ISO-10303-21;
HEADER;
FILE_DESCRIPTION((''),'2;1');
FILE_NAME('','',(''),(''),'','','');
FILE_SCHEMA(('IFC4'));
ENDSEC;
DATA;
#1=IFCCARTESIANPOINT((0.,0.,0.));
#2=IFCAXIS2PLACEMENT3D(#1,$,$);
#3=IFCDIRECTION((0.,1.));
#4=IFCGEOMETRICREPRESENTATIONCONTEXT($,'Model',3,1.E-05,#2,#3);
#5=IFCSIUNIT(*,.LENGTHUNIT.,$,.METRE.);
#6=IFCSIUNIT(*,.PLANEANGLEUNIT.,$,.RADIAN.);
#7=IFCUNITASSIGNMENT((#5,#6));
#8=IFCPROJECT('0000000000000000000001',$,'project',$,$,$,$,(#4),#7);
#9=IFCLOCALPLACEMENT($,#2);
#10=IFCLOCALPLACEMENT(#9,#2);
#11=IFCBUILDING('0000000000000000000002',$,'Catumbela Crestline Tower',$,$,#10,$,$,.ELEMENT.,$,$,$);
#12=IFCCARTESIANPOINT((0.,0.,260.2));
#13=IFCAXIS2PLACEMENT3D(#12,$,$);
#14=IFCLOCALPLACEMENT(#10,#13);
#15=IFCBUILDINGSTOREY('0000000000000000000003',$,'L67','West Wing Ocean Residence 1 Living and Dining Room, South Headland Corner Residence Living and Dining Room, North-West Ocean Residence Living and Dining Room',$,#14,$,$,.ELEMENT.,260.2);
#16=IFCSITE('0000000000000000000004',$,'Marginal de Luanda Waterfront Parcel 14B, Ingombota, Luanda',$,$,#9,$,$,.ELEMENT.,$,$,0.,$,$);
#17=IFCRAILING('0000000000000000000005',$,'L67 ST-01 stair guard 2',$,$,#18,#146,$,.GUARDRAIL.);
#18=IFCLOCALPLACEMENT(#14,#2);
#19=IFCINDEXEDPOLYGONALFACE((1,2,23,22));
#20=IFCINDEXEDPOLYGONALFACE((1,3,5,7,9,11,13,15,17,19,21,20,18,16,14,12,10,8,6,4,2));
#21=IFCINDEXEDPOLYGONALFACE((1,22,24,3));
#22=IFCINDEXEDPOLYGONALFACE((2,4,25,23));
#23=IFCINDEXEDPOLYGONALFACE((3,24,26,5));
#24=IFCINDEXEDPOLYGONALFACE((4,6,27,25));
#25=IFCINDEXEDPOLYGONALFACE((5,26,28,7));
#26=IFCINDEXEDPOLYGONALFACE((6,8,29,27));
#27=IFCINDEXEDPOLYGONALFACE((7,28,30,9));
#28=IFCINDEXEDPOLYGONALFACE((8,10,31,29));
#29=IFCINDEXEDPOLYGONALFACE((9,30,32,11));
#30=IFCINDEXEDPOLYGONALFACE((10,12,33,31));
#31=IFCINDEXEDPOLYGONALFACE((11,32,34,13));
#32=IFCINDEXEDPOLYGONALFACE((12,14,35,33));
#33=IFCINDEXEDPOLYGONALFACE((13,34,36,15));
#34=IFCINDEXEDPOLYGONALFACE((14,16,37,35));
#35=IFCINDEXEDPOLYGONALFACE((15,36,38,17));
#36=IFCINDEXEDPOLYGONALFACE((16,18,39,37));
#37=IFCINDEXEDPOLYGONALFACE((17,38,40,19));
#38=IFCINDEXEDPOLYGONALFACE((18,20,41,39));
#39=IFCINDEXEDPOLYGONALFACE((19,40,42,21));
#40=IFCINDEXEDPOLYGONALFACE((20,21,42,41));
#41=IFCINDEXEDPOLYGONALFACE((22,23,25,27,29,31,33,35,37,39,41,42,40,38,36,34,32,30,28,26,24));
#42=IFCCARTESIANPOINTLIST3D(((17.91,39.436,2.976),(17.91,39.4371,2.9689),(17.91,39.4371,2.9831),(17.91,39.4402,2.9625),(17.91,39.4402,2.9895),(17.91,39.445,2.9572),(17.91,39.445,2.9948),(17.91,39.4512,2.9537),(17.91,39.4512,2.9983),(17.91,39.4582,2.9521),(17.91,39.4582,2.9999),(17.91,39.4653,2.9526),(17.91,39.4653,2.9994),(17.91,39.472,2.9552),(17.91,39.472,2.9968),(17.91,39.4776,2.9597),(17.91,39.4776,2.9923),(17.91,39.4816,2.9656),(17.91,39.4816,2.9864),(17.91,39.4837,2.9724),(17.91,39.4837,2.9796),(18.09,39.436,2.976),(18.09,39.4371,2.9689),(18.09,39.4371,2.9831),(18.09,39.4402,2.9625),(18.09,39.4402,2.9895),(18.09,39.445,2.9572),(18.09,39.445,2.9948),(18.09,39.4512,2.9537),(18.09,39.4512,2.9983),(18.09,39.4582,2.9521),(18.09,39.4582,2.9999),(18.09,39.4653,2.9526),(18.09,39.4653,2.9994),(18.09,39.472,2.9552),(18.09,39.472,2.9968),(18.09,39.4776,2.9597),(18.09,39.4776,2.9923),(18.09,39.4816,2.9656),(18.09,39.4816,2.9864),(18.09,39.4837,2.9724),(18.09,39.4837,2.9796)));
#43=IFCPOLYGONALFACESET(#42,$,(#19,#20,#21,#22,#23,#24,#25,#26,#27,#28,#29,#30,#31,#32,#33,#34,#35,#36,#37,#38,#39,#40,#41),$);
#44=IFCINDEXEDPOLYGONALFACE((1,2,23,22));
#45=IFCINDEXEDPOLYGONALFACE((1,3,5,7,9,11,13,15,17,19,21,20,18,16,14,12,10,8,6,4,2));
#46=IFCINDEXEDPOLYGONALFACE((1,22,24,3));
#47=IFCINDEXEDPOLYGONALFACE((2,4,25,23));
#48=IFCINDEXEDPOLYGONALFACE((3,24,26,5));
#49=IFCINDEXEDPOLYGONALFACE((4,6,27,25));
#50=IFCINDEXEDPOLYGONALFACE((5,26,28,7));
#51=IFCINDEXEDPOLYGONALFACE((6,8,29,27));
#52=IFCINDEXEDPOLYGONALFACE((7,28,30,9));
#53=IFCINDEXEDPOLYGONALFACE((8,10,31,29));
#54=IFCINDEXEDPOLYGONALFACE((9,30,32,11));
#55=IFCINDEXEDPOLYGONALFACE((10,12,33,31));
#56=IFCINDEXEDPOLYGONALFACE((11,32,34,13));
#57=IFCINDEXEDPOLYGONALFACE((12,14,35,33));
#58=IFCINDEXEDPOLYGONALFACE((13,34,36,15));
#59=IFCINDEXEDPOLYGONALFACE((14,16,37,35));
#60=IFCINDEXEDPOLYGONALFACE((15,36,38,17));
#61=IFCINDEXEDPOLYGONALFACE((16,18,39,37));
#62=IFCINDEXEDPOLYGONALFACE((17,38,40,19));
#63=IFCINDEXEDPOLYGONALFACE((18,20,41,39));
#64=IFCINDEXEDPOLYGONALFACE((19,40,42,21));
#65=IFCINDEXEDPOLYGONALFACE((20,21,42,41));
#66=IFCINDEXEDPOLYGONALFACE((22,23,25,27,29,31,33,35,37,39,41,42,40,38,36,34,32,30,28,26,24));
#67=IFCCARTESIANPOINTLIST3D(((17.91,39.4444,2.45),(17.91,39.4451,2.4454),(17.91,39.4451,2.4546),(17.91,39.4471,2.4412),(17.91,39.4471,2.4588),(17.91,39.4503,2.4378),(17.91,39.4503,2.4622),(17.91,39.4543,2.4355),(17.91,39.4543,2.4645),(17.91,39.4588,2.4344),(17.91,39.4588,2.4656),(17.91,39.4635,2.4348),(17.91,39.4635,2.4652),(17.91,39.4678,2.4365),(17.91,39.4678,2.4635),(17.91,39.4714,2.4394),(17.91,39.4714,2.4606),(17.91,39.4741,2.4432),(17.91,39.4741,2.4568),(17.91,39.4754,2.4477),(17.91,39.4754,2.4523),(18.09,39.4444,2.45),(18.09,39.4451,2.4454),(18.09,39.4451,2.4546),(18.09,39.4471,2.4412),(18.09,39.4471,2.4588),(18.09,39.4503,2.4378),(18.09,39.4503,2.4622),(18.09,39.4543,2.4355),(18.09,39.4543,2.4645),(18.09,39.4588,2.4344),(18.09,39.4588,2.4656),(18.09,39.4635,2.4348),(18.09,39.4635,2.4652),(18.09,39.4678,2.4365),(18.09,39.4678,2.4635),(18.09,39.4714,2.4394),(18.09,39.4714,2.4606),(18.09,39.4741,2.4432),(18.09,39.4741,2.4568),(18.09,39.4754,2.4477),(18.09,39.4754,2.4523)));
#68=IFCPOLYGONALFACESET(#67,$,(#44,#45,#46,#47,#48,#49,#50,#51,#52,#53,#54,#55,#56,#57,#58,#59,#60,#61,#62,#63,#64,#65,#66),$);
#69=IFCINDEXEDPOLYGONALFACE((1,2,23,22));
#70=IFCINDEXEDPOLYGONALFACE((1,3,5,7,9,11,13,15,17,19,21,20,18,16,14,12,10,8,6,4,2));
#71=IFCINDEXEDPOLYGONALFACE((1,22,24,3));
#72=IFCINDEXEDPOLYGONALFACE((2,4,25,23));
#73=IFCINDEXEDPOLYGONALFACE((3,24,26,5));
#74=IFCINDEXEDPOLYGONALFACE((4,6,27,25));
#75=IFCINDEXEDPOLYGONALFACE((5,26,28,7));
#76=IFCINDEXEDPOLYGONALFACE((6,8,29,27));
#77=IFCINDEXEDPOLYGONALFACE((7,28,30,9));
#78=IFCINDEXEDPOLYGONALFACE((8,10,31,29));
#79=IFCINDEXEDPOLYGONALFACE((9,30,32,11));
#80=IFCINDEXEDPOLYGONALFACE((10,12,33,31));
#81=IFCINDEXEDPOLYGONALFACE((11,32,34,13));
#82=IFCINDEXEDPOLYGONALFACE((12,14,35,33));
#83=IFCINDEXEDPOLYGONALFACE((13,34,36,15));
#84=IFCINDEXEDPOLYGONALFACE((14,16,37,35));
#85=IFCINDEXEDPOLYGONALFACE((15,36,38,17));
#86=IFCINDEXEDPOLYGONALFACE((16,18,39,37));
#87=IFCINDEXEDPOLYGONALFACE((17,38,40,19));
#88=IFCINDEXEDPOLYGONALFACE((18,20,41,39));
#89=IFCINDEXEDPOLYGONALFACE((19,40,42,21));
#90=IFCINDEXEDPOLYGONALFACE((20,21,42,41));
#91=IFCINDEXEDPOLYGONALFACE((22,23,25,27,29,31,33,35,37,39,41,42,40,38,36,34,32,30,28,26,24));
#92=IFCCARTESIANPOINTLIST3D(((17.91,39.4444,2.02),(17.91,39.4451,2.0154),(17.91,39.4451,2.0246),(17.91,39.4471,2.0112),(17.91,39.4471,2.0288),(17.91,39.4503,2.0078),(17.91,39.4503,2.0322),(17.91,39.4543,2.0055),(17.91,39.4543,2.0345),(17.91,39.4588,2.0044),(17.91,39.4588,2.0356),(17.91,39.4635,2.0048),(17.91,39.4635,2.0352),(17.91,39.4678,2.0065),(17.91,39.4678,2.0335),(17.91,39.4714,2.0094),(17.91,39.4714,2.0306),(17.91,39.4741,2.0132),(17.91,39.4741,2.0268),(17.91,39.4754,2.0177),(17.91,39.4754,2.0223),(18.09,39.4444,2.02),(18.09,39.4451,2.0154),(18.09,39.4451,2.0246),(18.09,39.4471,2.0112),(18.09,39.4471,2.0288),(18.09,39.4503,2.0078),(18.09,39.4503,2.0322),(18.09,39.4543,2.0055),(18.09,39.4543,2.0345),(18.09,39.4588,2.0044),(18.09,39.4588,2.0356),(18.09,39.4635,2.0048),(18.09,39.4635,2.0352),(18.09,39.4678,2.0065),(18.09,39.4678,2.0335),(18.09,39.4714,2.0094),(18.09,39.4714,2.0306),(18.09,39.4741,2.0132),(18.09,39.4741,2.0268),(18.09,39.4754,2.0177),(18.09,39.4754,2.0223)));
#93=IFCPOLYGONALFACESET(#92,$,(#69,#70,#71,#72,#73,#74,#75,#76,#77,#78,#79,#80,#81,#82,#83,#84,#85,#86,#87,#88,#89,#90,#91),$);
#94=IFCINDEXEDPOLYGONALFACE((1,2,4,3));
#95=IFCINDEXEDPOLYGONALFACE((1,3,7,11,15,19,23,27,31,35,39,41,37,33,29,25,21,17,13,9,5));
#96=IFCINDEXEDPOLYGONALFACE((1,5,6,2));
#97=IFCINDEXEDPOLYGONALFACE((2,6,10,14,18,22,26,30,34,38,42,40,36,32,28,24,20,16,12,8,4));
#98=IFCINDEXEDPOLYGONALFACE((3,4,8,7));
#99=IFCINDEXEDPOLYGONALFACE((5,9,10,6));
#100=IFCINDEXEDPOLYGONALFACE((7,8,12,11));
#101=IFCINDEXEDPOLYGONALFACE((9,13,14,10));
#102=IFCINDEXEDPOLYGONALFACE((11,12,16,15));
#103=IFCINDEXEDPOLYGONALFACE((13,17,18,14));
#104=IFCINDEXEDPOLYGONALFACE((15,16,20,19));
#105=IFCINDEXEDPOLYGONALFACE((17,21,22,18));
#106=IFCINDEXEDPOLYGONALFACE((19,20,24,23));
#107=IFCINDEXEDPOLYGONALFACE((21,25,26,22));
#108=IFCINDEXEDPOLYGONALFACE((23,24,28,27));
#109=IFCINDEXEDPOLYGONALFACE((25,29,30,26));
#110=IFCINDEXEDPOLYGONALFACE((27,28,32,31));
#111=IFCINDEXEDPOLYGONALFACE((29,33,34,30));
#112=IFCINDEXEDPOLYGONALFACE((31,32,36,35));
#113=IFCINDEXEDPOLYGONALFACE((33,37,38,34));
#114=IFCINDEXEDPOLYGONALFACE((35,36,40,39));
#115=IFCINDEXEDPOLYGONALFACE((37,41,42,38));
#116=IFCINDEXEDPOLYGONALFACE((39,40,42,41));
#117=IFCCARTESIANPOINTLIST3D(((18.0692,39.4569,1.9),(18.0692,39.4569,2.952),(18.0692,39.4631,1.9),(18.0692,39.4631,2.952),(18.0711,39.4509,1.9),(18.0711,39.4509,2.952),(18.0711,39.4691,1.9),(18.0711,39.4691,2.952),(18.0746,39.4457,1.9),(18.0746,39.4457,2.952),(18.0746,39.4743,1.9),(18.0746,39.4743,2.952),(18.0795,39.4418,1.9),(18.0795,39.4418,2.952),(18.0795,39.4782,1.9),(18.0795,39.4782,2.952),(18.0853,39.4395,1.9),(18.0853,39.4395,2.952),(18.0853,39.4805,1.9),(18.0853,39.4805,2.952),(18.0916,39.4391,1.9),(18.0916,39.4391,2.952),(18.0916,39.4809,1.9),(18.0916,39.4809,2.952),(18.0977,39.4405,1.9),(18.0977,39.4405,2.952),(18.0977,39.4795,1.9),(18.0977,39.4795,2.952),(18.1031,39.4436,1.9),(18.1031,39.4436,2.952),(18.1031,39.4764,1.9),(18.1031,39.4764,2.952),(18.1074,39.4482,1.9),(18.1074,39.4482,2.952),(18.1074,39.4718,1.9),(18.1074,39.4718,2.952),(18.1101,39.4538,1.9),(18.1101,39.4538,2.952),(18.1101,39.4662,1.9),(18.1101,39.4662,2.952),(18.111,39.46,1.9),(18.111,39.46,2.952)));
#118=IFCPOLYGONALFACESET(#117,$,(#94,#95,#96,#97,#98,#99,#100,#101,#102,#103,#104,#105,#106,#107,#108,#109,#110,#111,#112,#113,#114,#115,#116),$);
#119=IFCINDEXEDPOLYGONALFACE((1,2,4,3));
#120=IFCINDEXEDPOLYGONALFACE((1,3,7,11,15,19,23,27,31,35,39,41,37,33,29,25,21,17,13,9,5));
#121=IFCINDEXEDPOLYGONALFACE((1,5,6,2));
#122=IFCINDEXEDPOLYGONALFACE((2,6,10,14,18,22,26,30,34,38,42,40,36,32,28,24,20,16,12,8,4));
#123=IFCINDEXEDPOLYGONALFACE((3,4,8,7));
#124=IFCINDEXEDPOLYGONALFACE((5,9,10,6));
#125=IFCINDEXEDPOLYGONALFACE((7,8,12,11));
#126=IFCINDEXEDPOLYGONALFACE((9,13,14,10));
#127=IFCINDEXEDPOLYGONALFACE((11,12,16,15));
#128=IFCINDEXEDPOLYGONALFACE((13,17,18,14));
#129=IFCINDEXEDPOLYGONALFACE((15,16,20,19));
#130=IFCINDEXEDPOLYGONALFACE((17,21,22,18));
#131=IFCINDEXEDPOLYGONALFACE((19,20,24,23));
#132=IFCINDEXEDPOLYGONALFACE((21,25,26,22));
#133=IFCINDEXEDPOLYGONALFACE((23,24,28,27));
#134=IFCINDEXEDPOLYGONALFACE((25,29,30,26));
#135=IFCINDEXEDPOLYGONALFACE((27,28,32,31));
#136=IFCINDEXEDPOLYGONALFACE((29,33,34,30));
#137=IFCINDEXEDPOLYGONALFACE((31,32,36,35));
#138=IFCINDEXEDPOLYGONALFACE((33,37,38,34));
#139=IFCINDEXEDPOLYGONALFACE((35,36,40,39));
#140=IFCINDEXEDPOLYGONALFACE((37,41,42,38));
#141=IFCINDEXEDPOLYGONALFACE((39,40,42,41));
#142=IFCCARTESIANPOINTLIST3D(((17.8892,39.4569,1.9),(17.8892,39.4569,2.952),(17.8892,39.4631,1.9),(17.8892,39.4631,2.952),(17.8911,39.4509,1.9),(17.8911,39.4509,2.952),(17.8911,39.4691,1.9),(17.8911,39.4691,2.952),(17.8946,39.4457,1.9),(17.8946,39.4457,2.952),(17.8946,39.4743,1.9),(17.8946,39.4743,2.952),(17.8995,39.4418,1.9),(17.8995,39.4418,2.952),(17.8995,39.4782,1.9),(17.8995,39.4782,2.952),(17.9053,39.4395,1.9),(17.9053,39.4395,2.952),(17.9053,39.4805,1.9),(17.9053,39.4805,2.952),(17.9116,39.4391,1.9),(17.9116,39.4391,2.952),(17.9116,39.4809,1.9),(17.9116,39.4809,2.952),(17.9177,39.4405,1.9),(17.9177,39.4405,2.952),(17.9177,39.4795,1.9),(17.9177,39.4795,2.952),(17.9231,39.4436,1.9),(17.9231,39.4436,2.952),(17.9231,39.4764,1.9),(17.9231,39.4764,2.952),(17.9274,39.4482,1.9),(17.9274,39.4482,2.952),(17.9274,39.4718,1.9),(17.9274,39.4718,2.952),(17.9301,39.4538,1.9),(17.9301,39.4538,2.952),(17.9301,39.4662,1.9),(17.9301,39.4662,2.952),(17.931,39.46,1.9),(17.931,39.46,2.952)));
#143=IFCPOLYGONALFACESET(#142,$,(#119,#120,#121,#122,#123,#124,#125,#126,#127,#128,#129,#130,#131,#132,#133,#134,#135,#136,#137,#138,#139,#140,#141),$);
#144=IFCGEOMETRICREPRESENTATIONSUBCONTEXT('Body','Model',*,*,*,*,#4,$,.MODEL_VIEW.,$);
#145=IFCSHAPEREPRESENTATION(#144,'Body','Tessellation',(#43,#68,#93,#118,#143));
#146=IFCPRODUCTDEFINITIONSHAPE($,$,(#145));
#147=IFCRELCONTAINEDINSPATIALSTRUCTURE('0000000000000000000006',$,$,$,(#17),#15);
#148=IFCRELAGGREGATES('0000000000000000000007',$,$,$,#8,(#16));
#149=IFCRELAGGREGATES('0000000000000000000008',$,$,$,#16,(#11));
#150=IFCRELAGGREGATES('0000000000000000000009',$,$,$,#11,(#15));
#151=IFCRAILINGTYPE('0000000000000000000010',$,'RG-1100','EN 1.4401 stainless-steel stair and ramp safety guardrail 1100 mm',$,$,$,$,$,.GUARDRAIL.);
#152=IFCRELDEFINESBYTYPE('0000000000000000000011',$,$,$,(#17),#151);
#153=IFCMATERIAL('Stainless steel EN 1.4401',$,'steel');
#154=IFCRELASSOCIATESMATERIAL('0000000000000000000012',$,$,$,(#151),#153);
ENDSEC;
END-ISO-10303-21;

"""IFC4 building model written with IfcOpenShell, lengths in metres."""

from ifc_helpers import new_model, si_unit, direction, frame, origin, origin_2d, place, context, subcontext, project, spatial, circle, extrude, material, type_object, element, save


model = new_model("IFC4")

# Units and contexts
model_context = context("Model", 3, precision=1e-05, world=origin(), true_north=direction((0.0, 1.0)))
body_context = subcontext(model_context, "Body", "Model", "MODEL_VIEW")
ifc_project = project(units=[si_unit("LENGTHUNIT", "METRE"), si_unit("PLANEANGLEUNIT", "RADIAN")], contexts=[model_context])

# Site, building, storey
site_placement = place(None, origin())
site = spatial("IfcSite", under=ifc_project, at=site_placement, Name="Marginal de Luanda Waterfront Parcel 14B, Ingombota, Luanda", CompositionType="ELEMENT", RefElevation=0.0)
building_placement = place(site_placement, origin())
building = spatial("IfcBuilding", under=site, at=building_placement, Name="Catumbela Crestline Tower", CompositionType="ELEMENT")
storey_placement = place(building_placement, frame((0.0, 0.0, 260.2)))
storey = spatial("IfcBuildingStorey", under=building, at=storey_placement, Name="L67", Description="West Wing Ocean Residence 1 Living and Dining Room, South Headland Corner Residence Living and Dining Room, North-West Ocean Residence Living and Dining Room", CompositionType="ELEMENT", Elevation=260.2)

# Shared definitions
ifc_material_1 = material(Name="Stainless steel EN 1.4401", Category="steel")

# Railing
railing_type_1 = type_object("IfcRailingType", Name="RG-1100", Description="EN 1.4401 stainless-steel stair and ramp safety guardrail 1100 mm", PredefinedType="GUARDRAIL", material=ifc_material_1)
railing_1_placement = place(storey_placement, frame((18.09, 39.46, 1.9)))
element("IfcRailing", 1, at=railing_1_placement, inside=storey, type_object=railing_type_1, Name="L67 ST-01 stair guard 2", PredefinedType="GUARDRAIL", context=body_context, shape_type="SweptSolid", body=[
    extrude(circle(Radius=0.024, at=origin_2d()), frame((0.0, 0.0, 1.076), z_axis=(-1.0, 0.0, 0.0), x_axis=(0.0, -1.0, 0.0)), (0.0, 0.0, 1.0), 0.18),
    extrude(circle(Radius=0.0156, at=origin_2d()), frame((0.0, 0.0, 0.55), z_axis=(-1.0, 0.0, 0.0), x_axis=(0.0, -1.0, 0.0)), (0.0, 0.0, 1.0), 0.18),
    extrude(circle(Radius=0.0156, at=origin_2d()), frame((0.0, 0.0, 0.12), z_axis=(-1.0, 0.0, 0.0), x_axis=(0.0, -1.0, 0.0)), (0.0, 0.0, 1.0), 0.18),
    extrude(circle(Radius=0.021, at=origin_2d()), origin(), (0.0, 0.0, 1.0), 1.052),
    extrude(circle(Radius=0.021, at=origin_2d()), frame((-0.18, 0.0, 0.0)), (0.0, 0.0, 1.0), 1.052),
])

save(model, "model.ifc")
